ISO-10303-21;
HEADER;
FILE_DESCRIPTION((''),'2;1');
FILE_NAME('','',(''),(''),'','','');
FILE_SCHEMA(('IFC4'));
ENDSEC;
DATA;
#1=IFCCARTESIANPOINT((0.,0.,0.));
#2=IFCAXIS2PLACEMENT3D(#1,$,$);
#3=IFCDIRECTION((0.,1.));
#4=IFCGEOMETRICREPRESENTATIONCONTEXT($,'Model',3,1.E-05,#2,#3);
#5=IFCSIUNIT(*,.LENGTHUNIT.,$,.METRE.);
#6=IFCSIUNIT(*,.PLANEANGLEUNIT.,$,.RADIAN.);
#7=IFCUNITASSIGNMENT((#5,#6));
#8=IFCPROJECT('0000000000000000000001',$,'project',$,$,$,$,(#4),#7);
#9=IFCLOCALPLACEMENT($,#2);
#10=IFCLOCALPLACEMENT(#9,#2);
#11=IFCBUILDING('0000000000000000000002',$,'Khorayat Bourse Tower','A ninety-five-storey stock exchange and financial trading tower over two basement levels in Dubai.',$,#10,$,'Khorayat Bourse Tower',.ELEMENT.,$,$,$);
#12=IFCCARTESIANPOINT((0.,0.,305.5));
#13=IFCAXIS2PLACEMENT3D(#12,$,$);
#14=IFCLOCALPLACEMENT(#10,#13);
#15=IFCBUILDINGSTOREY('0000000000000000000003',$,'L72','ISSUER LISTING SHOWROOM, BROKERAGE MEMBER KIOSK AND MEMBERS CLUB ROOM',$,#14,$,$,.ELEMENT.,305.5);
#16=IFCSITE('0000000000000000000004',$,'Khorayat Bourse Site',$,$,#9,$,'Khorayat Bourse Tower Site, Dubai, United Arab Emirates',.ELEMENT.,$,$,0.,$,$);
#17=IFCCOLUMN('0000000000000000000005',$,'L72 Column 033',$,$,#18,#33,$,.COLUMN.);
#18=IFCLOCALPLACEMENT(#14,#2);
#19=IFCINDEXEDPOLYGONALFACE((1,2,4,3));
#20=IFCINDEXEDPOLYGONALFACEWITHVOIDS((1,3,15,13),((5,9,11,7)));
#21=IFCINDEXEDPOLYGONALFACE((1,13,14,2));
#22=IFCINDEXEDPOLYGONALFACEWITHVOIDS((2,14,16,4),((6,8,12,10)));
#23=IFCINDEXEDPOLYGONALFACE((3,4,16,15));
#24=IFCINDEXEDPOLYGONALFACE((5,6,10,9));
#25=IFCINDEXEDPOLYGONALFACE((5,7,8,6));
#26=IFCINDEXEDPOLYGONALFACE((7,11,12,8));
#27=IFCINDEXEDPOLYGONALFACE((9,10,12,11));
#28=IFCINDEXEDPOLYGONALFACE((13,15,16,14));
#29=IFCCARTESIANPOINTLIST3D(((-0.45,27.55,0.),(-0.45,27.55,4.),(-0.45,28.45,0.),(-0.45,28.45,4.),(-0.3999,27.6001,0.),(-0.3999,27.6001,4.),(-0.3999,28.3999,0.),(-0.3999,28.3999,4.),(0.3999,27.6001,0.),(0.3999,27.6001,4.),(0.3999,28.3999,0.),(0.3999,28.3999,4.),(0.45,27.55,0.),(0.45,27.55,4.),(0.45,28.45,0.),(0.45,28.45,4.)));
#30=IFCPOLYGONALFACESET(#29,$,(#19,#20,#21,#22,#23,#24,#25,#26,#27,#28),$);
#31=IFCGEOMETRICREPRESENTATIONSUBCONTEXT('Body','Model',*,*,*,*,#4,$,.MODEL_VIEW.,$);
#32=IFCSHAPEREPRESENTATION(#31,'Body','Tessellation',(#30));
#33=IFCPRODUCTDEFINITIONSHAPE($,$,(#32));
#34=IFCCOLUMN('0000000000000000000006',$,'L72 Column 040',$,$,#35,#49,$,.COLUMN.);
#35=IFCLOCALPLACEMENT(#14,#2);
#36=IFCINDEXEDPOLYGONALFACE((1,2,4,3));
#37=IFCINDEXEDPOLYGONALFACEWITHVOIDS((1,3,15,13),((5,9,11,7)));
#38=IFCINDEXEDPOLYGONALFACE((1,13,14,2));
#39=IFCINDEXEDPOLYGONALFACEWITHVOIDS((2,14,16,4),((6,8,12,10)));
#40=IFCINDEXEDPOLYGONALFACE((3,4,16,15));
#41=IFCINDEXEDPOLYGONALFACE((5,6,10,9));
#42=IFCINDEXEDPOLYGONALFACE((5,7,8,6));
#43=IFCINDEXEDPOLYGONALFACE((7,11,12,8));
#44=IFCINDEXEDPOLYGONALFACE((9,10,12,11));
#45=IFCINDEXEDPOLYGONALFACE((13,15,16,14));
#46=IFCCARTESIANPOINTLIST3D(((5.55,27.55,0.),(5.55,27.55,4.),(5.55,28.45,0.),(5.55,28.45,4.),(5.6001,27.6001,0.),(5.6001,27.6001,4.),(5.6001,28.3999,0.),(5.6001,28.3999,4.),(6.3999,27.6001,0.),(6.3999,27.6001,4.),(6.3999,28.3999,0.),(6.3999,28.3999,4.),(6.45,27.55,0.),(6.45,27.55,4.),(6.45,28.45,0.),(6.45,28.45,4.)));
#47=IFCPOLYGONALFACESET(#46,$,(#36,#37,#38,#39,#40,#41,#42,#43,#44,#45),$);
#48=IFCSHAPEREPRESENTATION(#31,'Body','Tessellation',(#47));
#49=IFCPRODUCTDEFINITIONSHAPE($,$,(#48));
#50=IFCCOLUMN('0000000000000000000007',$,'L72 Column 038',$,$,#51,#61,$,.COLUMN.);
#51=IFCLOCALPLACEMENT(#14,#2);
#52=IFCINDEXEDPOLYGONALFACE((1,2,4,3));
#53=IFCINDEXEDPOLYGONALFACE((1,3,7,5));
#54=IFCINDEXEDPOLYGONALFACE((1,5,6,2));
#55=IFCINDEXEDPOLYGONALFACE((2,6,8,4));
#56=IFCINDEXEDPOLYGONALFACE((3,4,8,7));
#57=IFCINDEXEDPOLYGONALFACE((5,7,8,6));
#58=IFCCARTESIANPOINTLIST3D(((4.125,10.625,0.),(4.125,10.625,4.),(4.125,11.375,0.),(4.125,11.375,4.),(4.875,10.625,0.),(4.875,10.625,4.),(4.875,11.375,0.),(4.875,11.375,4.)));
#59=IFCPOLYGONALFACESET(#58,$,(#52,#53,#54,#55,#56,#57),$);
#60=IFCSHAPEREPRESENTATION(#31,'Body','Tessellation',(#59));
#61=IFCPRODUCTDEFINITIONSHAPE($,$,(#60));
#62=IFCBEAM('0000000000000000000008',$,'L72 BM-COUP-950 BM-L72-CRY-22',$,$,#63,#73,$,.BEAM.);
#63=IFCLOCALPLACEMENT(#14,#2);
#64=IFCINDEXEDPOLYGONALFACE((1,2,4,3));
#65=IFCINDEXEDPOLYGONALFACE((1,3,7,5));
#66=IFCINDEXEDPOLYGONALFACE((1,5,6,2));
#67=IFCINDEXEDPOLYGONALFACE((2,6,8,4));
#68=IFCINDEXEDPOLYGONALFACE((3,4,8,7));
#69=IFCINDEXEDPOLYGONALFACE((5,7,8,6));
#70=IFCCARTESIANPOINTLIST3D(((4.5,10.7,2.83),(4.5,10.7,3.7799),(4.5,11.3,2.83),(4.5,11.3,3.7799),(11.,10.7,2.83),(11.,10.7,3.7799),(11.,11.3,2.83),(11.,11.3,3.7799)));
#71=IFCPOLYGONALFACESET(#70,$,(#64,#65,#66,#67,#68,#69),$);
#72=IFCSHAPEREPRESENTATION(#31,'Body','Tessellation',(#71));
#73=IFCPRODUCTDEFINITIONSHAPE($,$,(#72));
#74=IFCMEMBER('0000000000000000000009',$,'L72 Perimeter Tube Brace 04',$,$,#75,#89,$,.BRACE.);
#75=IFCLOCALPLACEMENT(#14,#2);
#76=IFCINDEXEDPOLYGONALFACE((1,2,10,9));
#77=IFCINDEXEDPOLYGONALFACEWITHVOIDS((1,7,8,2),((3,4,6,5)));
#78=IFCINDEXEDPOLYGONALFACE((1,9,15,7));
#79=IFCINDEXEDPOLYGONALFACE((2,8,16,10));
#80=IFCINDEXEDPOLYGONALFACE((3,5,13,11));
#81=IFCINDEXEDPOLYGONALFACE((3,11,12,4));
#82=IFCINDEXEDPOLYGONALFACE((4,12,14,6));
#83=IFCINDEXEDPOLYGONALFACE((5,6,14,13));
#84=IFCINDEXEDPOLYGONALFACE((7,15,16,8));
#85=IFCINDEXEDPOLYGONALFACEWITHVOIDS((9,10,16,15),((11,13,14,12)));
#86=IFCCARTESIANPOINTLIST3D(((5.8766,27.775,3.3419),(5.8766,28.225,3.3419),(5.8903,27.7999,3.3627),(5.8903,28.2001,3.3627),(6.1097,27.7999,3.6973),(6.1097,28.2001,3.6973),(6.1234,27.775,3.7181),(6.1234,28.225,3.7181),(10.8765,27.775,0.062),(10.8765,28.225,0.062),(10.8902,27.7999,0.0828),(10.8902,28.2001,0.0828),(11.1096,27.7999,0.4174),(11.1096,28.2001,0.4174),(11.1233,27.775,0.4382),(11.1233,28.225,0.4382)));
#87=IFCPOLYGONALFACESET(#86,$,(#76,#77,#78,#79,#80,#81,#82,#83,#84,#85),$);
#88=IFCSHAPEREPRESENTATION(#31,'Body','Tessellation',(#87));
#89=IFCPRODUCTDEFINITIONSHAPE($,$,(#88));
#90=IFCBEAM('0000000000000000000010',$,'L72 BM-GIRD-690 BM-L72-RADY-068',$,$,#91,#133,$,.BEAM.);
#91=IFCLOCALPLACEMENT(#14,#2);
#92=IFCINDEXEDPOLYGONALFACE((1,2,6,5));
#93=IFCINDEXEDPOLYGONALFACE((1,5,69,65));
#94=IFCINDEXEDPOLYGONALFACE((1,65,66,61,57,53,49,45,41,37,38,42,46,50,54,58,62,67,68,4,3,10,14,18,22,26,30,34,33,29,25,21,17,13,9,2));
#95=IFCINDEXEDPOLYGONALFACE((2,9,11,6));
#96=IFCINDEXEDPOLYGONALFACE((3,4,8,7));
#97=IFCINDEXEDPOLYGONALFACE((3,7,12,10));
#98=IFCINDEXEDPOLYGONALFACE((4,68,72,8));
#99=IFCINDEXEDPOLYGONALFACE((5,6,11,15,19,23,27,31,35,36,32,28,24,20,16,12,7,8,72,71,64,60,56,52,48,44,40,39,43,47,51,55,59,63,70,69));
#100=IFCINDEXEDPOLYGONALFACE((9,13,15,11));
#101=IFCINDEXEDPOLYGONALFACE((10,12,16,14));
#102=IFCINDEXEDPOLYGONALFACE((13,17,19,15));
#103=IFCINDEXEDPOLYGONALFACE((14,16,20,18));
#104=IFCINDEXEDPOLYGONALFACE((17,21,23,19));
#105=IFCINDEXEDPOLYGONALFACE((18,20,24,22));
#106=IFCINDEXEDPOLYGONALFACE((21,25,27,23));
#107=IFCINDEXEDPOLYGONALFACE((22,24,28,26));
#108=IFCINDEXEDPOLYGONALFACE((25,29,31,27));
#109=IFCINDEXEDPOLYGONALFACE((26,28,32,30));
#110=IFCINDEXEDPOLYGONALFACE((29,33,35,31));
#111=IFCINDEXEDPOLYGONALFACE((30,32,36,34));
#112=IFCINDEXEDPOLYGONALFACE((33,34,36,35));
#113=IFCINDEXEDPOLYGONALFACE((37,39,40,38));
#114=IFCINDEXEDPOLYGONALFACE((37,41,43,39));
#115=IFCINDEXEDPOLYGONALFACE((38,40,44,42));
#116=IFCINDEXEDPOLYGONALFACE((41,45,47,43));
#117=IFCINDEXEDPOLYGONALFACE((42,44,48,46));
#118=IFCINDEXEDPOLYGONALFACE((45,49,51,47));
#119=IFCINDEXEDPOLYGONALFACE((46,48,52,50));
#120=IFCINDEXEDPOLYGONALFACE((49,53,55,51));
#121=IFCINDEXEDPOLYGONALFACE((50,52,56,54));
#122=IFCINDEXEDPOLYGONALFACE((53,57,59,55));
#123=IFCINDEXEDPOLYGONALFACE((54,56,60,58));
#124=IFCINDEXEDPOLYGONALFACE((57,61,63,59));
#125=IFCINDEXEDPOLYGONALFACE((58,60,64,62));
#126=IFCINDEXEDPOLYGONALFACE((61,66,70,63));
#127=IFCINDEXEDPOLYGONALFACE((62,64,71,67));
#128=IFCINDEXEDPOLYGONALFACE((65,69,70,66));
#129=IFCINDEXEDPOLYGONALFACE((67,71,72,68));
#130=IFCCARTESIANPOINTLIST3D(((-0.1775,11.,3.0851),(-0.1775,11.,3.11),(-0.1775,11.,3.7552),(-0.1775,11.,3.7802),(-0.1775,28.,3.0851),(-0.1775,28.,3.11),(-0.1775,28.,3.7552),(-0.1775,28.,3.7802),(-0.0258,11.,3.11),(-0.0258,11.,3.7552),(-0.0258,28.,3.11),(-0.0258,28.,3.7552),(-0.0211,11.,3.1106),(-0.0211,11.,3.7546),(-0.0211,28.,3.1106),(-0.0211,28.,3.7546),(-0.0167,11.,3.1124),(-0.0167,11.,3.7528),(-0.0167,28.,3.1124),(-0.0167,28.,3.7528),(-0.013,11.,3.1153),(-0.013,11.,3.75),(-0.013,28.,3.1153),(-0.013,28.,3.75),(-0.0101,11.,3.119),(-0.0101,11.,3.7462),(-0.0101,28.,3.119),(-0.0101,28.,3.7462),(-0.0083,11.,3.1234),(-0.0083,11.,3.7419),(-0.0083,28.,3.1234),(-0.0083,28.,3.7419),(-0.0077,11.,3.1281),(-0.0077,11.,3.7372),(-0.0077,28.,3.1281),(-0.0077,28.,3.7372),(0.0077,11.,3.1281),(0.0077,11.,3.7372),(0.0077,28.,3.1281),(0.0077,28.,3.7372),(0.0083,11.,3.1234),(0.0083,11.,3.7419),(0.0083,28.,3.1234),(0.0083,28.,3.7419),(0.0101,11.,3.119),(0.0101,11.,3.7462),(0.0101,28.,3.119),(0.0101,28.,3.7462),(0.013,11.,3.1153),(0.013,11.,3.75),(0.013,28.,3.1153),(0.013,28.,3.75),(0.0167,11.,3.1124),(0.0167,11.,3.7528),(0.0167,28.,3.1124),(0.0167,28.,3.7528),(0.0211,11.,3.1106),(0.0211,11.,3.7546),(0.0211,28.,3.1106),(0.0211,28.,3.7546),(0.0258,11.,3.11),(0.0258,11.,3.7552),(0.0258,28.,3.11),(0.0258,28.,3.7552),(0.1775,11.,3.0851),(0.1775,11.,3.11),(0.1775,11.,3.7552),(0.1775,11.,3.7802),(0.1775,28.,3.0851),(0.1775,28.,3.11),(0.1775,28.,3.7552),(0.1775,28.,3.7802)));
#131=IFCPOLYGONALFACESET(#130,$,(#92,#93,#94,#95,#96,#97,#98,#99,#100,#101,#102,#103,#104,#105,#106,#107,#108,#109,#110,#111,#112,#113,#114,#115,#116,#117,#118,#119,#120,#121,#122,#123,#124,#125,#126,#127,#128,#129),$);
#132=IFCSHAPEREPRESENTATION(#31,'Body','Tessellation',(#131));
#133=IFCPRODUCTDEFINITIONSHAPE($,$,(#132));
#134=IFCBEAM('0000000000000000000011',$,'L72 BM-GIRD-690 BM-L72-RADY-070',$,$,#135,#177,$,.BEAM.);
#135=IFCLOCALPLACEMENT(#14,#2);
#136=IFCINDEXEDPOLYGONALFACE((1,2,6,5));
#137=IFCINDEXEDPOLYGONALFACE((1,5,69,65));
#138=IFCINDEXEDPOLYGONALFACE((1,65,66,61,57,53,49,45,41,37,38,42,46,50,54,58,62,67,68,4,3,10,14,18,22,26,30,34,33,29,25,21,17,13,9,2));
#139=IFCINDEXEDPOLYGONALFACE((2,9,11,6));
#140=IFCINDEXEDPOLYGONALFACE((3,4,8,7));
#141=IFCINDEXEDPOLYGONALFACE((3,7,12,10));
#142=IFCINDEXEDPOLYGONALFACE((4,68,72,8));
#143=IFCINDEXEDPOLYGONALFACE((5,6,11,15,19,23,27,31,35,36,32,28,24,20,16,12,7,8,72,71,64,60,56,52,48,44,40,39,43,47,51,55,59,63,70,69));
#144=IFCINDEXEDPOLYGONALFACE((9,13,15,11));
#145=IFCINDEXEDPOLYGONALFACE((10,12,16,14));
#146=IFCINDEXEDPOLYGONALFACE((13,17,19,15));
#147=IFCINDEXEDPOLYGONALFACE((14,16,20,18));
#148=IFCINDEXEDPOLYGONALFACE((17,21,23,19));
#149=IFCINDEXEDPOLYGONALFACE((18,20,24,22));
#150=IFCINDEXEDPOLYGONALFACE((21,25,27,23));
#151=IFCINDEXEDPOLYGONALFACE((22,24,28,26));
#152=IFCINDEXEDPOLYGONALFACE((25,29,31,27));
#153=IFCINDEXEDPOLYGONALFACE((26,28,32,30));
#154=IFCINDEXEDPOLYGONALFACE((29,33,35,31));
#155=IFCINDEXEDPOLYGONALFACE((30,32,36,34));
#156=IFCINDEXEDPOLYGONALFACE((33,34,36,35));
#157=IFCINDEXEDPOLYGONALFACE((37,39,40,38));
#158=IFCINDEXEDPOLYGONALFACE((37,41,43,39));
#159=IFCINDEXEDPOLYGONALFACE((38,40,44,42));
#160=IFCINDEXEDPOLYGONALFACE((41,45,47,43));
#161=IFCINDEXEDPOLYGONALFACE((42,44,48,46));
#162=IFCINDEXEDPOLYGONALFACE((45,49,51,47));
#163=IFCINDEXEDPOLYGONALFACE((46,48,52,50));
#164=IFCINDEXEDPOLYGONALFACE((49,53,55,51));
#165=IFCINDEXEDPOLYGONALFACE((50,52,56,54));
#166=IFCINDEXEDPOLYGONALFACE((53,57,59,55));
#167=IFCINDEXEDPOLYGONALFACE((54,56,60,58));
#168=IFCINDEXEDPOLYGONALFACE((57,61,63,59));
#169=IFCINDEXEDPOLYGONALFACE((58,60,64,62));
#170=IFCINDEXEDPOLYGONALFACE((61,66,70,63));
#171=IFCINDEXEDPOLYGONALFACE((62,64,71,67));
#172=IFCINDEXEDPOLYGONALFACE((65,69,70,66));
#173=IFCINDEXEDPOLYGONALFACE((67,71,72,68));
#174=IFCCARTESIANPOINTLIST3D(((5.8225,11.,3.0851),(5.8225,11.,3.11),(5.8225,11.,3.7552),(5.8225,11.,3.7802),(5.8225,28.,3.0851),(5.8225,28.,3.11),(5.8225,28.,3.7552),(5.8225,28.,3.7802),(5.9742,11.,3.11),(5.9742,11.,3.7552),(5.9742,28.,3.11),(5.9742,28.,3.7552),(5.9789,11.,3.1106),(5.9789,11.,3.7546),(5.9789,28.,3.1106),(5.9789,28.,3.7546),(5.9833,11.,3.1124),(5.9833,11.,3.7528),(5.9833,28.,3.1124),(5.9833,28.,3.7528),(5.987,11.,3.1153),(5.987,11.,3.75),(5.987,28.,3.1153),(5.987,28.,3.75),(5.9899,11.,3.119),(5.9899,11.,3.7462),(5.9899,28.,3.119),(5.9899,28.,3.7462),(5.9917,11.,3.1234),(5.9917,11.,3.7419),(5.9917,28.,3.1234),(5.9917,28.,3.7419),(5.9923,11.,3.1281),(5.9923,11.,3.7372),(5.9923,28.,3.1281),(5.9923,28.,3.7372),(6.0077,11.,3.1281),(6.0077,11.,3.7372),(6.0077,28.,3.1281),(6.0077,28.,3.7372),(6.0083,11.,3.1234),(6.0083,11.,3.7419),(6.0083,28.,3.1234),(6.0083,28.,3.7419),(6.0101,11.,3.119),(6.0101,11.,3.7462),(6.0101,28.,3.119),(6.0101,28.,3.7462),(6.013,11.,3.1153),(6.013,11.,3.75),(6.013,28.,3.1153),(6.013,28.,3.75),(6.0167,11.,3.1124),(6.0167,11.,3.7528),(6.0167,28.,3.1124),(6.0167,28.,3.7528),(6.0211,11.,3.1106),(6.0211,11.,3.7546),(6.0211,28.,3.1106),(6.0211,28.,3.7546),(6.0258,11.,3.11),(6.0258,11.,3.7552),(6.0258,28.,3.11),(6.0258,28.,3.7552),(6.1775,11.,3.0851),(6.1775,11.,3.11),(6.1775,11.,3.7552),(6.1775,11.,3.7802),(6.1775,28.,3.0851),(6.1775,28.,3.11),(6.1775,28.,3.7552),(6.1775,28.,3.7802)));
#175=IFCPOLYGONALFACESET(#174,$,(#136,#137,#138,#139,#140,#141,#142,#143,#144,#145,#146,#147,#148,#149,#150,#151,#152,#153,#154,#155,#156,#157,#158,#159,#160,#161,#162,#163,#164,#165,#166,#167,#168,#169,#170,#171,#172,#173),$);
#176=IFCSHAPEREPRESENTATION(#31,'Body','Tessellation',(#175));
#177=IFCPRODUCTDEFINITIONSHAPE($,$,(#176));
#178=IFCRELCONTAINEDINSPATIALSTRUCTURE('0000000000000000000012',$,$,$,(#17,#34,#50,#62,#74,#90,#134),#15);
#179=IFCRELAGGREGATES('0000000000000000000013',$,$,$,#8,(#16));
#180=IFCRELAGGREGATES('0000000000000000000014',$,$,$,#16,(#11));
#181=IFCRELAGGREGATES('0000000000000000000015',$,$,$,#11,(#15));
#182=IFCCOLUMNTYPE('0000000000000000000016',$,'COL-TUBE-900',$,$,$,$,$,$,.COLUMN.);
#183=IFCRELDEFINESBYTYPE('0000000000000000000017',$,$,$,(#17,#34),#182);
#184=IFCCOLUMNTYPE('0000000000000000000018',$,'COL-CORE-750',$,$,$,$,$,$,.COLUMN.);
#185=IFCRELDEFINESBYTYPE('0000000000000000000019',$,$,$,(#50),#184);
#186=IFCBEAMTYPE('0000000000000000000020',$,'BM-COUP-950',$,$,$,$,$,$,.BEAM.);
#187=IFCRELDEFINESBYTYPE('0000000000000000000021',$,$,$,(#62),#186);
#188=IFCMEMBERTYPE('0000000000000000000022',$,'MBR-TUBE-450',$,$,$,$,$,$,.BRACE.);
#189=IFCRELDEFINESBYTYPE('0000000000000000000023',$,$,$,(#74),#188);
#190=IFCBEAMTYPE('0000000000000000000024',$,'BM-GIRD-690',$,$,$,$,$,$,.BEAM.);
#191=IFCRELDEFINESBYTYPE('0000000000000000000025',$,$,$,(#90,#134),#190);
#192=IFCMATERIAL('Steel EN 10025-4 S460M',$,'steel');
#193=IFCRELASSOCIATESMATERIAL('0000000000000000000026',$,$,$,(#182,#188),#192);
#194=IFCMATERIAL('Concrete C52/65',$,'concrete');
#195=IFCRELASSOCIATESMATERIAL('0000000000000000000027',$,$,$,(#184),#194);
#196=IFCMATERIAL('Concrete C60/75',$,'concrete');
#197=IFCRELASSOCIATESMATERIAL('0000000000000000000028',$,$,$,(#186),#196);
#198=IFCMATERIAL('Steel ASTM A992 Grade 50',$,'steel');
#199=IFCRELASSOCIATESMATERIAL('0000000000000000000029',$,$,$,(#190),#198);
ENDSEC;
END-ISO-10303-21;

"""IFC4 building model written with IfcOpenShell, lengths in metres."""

from ifc_helpers import new_model, si_unit, direction, frame, origin, origin_2d, place, context, subcontext, project, spatial, rectangle, hollow_rectangle, i_section, extrude, source, transform, mapped, material, material_profile, profile_set, type_object, element, save


model = new_model("IFC4")

# Units and contexts
model_context = context("Model", 3, precision=1e-05, world=origin(), true_north=direction((0.0, 1.0)))
body_context = subcontext(model_context, "Body", "Model", "MODEL_VIEW")
ifc_project = project(units=[si_unit("LENGTHUNIT", "METRE"), si_unit("PLANEANGLEUNIT", "RADIAN")], contexts=[model_context])

# Site, building, storey
site_placement = place(None, origin())
site = spatial("IfcSite", under=ifc_project, at=site_placement, Name="Khorayat Bourse Site", LongName="Khorayat Bourse Tower Site, Dubai, United Arab Emirates", CompositionType="ELEMENT", RefElevation=0.0)
building_placement = place(site_placement, origin())
building = spatial("IfcBuilding", under=site, at=building_placement, Name="Khorayat Bourse Tower", Description="A ninety-five-storey stock exchange and financial trading tower over two basement levels in Dubai.", LongName="Khorayat Bourse Tower", CompositionType="ELEMENT")
storey_placement = place(building_placement, frame((0.0, 0.0, 305.5)))
storey = spatial("IfcBuildingStorey", under=building, at=storey_placement, Name="L72", Description="ISSUER LISTING SHOWROOM, BROKERAGE MEMBER KIOSK AND MEMBERS CLUB ROOM", CompositionType="ELEMENT", Elevation=305.5)

# Columns
ifc_material_1 = material(Name="Steel EN 10025-4 S460M", Category="steel")
ifc_material_profile_1 = material_profile(ifc_material_1, hollow_rectangle(XDim=0.8999, YDim=0.8999, WallThickness=0.05, at=origin_2d()), Name="BOX 900x900x50")
ifc_profile_set_1 = profile_set([ifc_material_profile_1], Name="Steel EN 10025-4 S460M")
column_type_1 = type_object("IfcColumnType", Name="COL-TUBE-900", PredefinedType="COLUMN", material=ifc_profile_set_1)
shared_shape_1 = source(origin(), body_context, "Body", "SweptSolid", [
    extrude(hollow_rectangle(XDim=0.8999, YDim=0.8999, WallThickness=0.05, at=origin_2d()), origin(), (0.0, 0.0, 1.0), 4.0),
])
for number, where, z_axis, x_axis, name in (
    (1, (0.0, 28.0, 0.0), (0.0, 0.0, 1.0), (1.0, 0.0, 0.0), "L72 Column 033"),
    (2, (6.0, 28.0, 0.0), (0.0, 0.0, 1.0), (1.0, 0.0, 0.0), "L72 Column 040"),
):
    element("IfcColumn", number, at=place(storey_placement, frame(where, z_axis=z_axis, x_axis=x_axis)), inside=storey, type_object=column_type_1, Name=name, PredefinedType="COLUMN", context=body_context, shape_type="MappedRepresentation", body=[
        mapped(shared_shape_1, transform((0.0, 0.0, 0.0), scale=1.0)),
    ])
ifc_material_2 = material(Name="Concrete C52/65", Category="concrete")
ifc_material_profile_2 = material_profile(ifc_material_2, rectangle(XDim=0.75, YDim=0.75, at=origin_2d()), Name="RC 750x750")
ifc_profile_set_2 = profile_set([ifc_material_profile_2], Name="Concrete C52/65")
column_type_2 = type_object("IfcColumnType", Name="COL-CORE-750", PredefinedType="COLUMN", material=ifc_profile_set_2)
shared_shape_2 = source(origin(), body_context, "Body", "SweptSolid", [
    extrude(rectangle(XDim=0.75, YDim=0.75, at=origin_2d()), origin(), (0.0, 0.0, 1.0), 4.0),
])
column_placement = place(storey_placement, frame((4.5, 11.0, 0.0), z_axis=(0.0, 0.0, 1.0), x_axis=(1.0, 0.0, 0.0)))
element("IfcColumn", 3, at=column_placement, inside=storey, type_object=column_type_2, Name="L72 Column 038", PredefinedType="COLUMN", context=body_context, shape_type="MappedRepresentation", body=[
    mapped(shared_shape_2, transform((0.0, 0.0, 0.0), scale=1.0)),
])

# Beam
ifc_material_3 = material(Name="Concrete C60/75", Category="concrete")
ifc_material_profile_3 = material_profile(ifc_material_3, rectangle(XDim=0.6001, YDim=0.95, at=origin_2d()), Name="RC 600x950")
ifc_profile_set_3 = profile_set([ifc_material_profile_3], Name="Concrete C60/75")
beam_type_1 = type_object("IfcBeamType", Name="BM-COUP-950", PredefinedType="BEAM", material=ifc_profile_set_3)
shared_shape_3 = source(origin(), body_context, "Body", "SweptSolid", [
    extrude(rectangle(XDim=0.6001, YDim=0.95, at=origin_2d()), origin(), (0.0, 0.0, 1.0), 6.5),
])
beam_1_placement = place(storey_placement, frame((4.5, 11.0, 3.3049), z_axis=(1.0, 0.0, 0.0), x_axis=(0.0, 1.0, 0.0)))
element("IfcBeam", 4, at=beam_1_placement, inside=storey, type_object=beam_type_1, Name="L72 BM-COUP-950 BM-L72-CRY-22", PredefinedType="BEAM", context=body_context, shape_type="MappedRepresentation", body=[
    mapped(shared_shape_3, transform((0.0, 0.0, 0.0), scale=1.0)),
])

# Member
ifc_material_profile_4 = material_profile(ifc_material_1, hollow_rectangle(XDim=0.45, YDim=0.45, WallThickness=0.0249, at=origin_2d()), Name="HSS 450x450x25")
ifc_profile_set_4 = profile_set([ifc_material_profile_4], Name="Steel EN 10025-4 S460M")
member_type_1 = type_object("IfcMemberType", Name="MBR-TUBE-450", PredefinedType="BRACE", material=ifc_profile_set_4)
shared_shape_4 = source(origin(), body_context, "Body", "SweptSolid", [
    extrude(hollow_rectangle(XDim=0.45, YDim=0.45, WallThickness=0.0249, at=origin_2d()), origin(), (0.0, 0.0, 1.0), 5.9797),
])
member_1_placement = place(storey_placement, frame((6.0, 28.0, 3.53), z_axis=(0.836142, 0.0, -0.548514), x_axis=(0.0, 1.0, 0.0)))
element("IfcMember", 5, at=member_1_placement, inside=storey, type_object=member_type_1, Name="L72 Perimeter Tube Brace 04", PredefinedType="BRACE", context=body_context, shape_type="MappedRepresentation", body=[
    mapped(shared_shape_4, transform((0.0, 0.0, 0.0), scale=1.0)),
])

# Beams
ifc_material_4 = material(Name="Steel ASTM A992 Grade 50", Category="steel")
ifc_material_profile_5 = material_profile(ifc_material_4, i_section(OverallWidth=0.355, OverallDepth=0.6951, WebThickness=0.0154, FlangeThickness=0.0249, FilletRadius=0.0181, at=origin_2d()), Name="W690X217")
ifc_profile_set_5 = profile_set([ifc_material_profile_5], Name="Steel ASTM A992 Grade 50")
beam_type_2 = type_object("IfcBeamType", Name="BM-GIRD-690", PredefinedType="BEAM", material=ifc_profile_set_5)
shared_shape_5 = source(origin(), body_context, "Body", "SweptSolid", [
    extrude(i_section(OverallWidth=0.355, OverallDepth=0.6951, WebThickness=0.0154, FlangeThickness=0.0249, FilletRadius=0.0181, at=origin_2d()), origin(), (0.0, 0.0, 1.0), 17.0),
])
for number, where, z_axis, x_axis, name in (
    (6, (0.0, 11.0, 3.4326), (0.0, 1.0, 0.0), (-1.0, 0.0, 0.0), "L72 BM-GIRD-690 BM-L72-RADY-068"),
    (7, (6.0, 11.0, 3.4326), (0.0, 1.0, 0.0), (-1.0, 0.0, 0.0), "L72 BM-GIRD-690 BM-L72-RADY-070"),
):
    element("IfcBeam", number, at=place(storey_placement, frame(where, z_axis=z_axis, x_axis=x_axis)), inside=storey, type_object=beam_type_2, Name=name, PredefinedType="BEAM", context=body_context, shape_type="MappedRepresentation", body=[
        mapped(shared_shape_5, transform((0.0, 0.0, 0.0), scale=1.0)),
    ])

save(model, "model.ifc")
